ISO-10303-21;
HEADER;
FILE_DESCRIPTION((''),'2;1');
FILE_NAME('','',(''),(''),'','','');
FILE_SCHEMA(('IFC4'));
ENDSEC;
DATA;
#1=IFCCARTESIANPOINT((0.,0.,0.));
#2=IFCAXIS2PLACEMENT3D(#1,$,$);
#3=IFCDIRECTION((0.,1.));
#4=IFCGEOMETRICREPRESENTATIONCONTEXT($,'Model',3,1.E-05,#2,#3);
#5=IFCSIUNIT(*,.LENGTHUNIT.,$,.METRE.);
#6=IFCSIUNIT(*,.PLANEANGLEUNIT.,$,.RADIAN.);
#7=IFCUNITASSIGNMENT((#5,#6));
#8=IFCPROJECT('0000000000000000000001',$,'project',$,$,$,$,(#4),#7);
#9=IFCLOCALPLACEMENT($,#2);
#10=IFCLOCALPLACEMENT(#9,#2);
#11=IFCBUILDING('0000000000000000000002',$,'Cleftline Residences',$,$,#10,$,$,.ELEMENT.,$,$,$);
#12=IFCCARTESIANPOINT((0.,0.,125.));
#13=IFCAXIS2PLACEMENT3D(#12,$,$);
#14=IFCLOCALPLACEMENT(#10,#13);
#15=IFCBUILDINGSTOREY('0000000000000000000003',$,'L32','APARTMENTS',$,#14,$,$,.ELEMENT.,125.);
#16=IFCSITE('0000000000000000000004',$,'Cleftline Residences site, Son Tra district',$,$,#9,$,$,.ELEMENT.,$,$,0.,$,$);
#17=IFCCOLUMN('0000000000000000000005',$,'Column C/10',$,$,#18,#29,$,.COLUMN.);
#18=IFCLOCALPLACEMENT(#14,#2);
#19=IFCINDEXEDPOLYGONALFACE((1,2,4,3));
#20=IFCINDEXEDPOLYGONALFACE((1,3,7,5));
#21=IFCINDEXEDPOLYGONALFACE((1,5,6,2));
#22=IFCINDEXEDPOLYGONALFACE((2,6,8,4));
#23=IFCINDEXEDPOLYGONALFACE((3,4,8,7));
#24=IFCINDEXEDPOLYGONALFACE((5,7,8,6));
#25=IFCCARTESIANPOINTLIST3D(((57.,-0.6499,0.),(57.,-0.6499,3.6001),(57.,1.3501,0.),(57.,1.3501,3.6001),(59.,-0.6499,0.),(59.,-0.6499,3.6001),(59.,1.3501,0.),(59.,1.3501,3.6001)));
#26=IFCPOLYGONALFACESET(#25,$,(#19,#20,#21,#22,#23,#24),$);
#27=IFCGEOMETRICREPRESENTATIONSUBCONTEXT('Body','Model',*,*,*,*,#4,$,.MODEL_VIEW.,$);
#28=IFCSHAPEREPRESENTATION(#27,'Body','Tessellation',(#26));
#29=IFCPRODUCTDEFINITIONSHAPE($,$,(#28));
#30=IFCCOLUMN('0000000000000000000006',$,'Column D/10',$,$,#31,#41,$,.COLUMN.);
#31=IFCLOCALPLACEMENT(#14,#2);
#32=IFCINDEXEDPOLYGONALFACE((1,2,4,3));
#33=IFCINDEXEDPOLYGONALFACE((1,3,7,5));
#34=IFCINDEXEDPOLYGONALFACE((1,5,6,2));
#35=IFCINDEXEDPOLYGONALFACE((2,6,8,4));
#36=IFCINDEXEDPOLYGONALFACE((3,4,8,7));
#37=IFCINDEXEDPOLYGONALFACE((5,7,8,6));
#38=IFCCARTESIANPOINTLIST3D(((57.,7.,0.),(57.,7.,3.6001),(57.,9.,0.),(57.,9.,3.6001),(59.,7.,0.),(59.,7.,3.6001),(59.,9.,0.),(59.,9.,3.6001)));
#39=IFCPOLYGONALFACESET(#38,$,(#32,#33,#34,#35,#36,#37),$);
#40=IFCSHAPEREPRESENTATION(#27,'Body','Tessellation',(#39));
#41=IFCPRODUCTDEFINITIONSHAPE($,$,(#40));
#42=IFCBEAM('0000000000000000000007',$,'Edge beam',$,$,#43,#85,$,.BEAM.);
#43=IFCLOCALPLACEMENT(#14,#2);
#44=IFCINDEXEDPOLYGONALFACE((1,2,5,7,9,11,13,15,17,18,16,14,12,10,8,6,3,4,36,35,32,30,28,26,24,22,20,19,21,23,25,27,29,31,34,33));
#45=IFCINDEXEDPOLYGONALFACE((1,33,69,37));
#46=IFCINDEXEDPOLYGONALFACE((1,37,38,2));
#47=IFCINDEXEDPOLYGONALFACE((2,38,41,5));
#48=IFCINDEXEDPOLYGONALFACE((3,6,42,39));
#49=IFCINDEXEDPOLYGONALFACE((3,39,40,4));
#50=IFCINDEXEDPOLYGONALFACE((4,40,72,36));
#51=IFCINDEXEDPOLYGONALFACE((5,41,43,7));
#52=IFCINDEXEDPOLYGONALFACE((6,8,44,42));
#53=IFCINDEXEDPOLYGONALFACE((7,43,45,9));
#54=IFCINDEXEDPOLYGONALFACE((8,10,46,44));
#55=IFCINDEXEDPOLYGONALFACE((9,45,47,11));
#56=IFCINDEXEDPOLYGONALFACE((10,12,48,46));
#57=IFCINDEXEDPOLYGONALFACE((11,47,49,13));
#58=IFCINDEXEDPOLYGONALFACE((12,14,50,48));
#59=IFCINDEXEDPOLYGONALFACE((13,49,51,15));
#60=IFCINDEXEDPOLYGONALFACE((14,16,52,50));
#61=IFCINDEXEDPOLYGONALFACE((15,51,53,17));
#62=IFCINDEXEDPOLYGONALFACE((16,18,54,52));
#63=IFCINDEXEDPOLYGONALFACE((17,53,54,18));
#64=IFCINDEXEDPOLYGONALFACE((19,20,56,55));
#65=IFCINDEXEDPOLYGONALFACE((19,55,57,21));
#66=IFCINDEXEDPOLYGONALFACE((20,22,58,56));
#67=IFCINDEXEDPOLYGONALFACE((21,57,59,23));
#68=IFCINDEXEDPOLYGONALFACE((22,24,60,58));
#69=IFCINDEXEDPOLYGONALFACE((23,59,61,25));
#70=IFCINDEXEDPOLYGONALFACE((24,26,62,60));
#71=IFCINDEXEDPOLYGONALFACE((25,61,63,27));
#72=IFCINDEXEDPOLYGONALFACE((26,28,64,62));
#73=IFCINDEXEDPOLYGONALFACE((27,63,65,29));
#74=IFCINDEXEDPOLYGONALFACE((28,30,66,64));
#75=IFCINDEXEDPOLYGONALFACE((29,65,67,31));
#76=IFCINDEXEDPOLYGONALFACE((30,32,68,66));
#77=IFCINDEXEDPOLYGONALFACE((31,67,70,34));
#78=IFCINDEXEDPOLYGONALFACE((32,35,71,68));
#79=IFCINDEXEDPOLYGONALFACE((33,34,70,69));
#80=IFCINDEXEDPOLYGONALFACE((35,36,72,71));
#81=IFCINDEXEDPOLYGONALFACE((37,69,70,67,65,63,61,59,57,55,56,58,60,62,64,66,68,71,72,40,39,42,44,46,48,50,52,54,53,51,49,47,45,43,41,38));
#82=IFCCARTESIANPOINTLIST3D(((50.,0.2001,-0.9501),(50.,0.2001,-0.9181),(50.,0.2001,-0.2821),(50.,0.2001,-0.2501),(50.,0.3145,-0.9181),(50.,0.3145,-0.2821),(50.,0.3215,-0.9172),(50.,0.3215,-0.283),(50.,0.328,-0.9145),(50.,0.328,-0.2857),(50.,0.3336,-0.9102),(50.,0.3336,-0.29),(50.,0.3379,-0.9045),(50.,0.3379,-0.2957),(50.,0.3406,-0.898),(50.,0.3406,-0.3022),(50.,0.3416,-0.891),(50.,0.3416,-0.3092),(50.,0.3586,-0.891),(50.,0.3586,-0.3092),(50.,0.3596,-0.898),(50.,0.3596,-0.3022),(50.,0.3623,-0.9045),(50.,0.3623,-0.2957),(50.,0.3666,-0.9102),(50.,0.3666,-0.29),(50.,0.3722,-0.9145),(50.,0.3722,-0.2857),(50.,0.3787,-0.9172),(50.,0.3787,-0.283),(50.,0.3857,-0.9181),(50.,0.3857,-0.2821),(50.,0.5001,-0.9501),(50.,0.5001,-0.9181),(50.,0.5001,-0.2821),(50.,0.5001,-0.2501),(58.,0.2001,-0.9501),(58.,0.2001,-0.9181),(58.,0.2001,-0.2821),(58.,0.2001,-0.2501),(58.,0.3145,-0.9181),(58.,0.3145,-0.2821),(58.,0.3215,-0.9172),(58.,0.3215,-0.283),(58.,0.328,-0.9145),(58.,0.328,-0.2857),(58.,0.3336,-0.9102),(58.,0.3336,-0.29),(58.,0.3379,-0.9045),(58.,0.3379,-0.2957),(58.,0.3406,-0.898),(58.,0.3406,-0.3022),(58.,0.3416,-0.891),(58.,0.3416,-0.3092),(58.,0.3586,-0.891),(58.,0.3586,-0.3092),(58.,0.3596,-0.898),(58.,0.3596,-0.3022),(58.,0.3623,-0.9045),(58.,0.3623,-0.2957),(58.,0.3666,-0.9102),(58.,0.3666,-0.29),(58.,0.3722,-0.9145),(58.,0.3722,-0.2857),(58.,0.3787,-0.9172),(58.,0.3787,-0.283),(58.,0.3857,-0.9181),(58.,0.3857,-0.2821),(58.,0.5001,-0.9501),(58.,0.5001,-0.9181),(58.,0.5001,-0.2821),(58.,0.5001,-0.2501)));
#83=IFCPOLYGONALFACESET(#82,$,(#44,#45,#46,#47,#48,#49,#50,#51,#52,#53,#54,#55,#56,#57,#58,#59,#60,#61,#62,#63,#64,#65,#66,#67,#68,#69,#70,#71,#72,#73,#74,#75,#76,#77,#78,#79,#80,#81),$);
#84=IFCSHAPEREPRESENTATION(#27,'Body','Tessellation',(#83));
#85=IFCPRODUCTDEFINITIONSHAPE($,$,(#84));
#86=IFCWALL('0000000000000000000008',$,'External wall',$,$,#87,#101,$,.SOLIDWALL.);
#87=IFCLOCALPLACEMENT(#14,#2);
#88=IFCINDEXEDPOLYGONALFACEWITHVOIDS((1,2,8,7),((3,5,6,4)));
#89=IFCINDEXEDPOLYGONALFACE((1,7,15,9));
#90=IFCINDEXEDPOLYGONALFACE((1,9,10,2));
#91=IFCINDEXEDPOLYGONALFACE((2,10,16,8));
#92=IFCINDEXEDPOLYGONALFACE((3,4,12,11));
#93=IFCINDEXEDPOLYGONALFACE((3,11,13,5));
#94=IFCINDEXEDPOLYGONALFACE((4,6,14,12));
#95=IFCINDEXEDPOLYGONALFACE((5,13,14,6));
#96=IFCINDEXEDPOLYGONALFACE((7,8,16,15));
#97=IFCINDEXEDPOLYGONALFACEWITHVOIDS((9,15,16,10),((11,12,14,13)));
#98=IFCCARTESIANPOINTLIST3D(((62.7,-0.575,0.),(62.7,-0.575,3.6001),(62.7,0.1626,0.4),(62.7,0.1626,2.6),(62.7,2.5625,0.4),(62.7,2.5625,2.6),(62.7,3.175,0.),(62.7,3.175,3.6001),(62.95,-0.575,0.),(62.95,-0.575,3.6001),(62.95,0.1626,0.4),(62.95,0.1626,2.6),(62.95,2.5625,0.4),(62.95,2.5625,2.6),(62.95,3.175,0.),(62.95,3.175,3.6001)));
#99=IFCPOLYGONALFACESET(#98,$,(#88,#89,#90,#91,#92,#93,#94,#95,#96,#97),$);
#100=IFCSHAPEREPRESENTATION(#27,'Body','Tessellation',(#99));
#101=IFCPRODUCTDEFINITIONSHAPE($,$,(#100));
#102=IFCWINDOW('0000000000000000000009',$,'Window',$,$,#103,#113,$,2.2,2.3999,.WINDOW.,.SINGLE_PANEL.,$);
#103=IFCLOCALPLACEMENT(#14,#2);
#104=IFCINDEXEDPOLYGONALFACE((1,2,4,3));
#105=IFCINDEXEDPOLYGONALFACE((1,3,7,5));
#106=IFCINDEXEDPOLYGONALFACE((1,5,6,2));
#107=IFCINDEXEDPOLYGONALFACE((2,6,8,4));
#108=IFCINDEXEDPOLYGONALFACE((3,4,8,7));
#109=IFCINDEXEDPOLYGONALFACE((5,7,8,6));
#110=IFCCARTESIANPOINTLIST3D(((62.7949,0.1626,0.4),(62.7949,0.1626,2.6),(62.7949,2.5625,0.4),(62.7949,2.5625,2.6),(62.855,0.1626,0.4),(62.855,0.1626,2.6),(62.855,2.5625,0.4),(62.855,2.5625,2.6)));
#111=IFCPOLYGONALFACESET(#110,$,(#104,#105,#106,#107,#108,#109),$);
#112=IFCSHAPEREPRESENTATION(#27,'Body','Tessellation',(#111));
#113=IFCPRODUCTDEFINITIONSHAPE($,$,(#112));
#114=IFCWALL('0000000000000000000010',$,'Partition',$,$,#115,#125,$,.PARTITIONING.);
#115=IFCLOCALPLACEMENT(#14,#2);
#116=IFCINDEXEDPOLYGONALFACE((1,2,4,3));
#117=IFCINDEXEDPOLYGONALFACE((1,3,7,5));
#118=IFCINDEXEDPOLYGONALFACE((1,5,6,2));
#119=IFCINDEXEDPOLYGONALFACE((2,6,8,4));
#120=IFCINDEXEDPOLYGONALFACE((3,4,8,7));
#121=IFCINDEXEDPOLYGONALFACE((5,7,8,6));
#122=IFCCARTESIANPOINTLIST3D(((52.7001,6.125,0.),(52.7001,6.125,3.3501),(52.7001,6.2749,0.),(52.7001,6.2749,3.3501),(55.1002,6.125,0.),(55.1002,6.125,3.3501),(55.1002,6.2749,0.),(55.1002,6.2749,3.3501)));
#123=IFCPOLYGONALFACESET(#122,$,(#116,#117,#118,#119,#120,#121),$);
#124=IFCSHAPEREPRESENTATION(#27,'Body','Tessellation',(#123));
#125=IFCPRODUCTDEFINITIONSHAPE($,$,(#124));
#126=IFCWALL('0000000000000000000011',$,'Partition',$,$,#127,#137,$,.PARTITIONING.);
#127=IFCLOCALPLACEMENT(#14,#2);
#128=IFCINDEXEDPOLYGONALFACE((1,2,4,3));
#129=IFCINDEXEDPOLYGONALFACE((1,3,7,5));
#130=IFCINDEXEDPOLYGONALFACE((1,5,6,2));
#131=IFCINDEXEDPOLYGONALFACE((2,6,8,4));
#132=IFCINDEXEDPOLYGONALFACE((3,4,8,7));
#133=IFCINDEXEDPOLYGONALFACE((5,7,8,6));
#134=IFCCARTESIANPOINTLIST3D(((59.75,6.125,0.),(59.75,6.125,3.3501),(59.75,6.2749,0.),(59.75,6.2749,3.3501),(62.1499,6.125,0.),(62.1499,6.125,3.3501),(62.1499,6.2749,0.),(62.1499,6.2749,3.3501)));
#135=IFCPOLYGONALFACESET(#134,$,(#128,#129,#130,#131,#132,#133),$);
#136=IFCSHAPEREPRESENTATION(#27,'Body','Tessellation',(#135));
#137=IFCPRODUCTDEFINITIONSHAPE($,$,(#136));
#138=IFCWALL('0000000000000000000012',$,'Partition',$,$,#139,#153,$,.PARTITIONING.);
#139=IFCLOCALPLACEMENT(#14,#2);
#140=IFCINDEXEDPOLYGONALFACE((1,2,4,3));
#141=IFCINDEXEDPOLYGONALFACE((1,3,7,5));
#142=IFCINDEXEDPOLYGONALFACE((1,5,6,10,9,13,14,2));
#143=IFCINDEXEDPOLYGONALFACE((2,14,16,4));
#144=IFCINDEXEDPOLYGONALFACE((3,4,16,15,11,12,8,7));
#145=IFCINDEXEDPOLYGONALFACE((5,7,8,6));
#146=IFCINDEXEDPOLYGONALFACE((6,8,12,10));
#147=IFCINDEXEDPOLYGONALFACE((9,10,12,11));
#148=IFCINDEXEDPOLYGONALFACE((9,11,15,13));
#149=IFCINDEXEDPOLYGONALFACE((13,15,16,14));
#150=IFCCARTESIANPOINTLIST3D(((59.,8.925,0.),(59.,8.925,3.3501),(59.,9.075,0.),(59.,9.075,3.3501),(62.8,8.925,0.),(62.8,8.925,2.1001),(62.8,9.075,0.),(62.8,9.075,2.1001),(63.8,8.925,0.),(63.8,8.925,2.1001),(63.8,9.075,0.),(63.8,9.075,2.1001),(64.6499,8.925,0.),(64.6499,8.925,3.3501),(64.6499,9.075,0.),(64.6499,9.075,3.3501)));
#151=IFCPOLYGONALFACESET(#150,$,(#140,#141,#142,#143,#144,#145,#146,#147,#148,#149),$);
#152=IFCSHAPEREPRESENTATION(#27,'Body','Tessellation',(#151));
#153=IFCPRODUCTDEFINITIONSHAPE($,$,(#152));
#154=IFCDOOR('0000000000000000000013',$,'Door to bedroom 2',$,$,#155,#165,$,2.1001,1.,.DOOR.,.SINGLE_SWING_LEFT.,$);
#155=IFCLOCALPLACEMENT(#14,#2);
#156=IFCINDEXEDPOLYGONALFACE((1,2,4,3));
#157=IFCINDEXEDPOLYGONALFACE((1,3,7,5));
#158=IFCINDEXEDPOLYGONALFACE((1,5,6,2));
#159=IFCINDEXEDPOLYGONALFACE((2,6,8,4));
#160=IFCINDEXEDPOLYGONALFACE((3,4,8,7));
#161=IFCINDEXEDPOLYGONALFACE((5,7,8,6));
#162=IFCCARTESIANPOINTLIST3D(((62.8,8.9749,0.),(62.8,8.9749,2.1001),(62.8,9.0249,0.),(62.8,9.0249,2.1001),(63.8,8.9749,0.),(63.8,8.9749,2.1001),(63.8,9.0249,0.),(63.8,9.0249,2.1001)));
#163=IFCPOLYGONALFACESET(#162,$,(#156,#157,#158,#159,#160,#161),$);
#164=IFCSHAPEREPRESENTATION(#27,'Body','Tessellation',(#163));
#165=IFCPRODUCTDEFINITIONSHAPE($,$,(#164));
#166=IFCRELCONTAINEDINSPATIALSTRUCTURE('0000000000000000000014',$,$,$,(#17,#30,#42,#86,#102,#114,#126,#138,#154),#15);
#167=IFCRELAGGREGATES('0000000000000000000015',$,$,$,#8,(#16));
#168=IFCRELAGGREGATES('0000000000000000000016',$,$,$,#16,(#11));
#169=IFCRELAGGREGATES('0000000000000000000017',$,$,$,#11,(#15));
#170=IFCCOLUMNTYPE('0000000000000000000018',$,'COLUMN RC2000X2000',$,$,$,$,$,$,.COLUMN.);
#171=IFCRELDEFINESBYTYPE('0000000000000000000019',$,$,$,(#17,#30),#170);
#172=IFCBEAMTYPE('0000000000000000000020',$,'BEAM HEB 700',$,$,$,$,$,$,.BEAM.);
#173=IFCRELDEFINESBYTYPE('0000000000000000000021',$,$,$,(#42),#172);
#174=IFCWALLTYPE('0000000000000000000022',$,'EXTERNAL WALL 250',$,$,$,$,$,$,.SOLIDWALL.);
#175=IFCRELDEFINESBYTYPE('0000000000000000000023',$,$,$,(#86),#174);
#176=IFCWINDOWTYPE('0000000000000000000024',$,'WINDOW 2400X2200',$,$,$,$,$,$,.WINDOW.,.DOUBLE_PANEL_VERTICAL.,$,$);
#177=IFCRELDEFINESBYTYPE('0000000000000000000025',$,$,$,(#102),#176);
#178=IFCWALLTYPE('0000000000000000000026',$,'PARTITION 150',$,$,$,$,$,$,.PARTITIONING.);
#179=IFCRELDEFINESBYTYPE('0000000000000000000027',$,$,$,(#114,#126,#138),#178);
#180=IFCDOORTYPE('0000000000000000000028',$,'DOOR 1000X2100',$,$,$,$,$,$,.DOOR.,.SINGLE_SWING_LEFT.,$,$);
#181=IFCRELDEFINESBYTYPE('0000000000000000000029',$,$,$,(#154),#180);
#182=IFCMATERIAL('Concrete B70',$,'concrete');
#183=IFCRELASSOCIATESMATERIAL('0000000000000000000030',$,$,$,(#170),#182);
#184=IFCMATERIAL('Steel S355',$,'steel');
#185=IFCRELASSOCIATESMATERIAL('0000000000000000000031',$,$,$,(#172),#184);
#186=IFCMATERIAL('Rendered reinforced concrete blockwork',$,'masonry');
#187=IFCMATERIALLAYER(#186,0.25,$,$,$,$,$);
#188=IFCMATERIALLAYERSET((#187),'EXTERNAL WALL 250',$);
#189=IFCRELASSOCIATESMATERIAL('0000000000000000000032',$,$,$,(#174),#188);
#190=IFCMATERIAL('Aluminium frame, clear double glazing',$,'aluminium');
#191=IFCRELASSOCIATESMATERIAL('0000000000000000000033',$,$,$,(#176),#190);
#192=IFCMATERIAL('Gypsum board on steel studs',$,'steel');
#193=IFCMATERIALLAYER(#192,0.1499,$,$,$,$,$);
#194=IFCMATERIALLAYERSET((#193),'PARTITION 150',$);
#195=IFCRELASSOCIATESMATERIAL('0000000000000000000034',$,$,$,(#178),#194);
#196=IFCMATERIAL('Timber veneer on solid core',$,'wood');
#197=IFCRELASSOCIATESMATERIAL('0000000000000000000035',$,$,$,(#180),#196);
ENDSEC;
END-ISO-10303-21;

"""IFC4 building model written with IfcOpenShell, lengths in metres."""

from ifc_helpers import new_model, si_unit, direction, frame, frame_2d, origin, origin_2d, place, context, subcontext, project, spatial, rectangle, i_section, extrude, material, layer, layer_set, material_profile, profile_set, type_object, element, fill, save


model = new_model("IFC4")

# Units and contexts
model_context = context("Model", 3, precision=1e-05, world=origin(), true_north=direction((0.0, 1.0)))
body_context = subcontext(model_context, "Body", "Model", "MODEL_VIEW")
ifc_project = project(units=[si_unit("LENGTHUNIT", "METRE"), si_unit("PLANEANGLEUNIT", "RADIAN")], contexts=[model_context])

# Site, building, storey
site_placement = place(None, origin())
site = spatial("IfcSite", under=ifc_project, at=site_placement, Name="Cleftline Residences site, Son Tra district", CompositionType="ELEMENT", RefElevation=0.0)
building_placement = place(site_placement, origin())
building = spatial("IfcBuilding", under=site, at=building_placement, Name="Cleftline Residences", CompositionType="ELEMENT")
storey_placement = place(building_placement, frame((0.0, 0.0, 125.0)))
storey = spatial("IfcBuildingStorey", under=building, at=storey_placement, Name="L32", Description="APARTMENTS", CompositionType="ELEMENT", Elevation=125.0)

# Columns
ifc_material_1 = material(Name="Concrete B70", Category="concrete")
ifc_material_profile_1 = material_profile(ifc_material_1, rectangle(XDim=2.0, YDim=2.0, at=origin_2d()))
ifc_profile_set_1 = profile_set([ifc_material_profile_1], Name="Concrete B70")
column_type = type_object("IfcColumnType", Name="COLUMN RC2000X2000", PredefinedType="COLUMN", material=ifc_profile_set_1)
for number, where, z_axis, x_axis, name in (
    (1, (58.0, 0.3501, 0.0), (0.0, 0.0, 1.0), (1.0, 0.0, 0.0), "Column C/10"),
    (2, (58.0, 8.0, 0.0), (0.0, 0.0, 1.0), (1.0, 0.0, 0.0), "Column D/10"),
):
    element("IfcColumn", number, at=place(storey_placement, frame(where, z_axis=z_axis, x_axis=x_axis)), inside=storey, type_object=column_type, Name=name, PredefinedType="COLUMN", context=body_context, shape_type="SweptSolid", body=[
        extrude(rectangle(XDim=2.0, YDim=2.0, at=origin_2d()), origin(), (0.0, 0.0, 1.0), 3.6001),
    ])

# Beam
ifc_material_2 = material(Name="Steel S355", Category="steel")
ifc_material_profile_2 = material_profile(ifc_material_2, i_section(OverallWidth=0.3, OverallDepth=0.7, WebThickness=0.0171, FlangeThickness=0.032, FilletRadius=0.0271, at=origin_2d()))
ifc_profile_set_2 = profile_set([ifc_material_profile_2], Name="Steel S355")
beam_type = type_object("IfcBeamType", Name="BEAM HEB 700", PredefinedType="BEAM", material=ifc_profile_set_2)
beam_placement = place(storey_placement, frame((58.0, 0.3501, -0.6001), z_axis=(-1.0, 0.0, 0.0), x_axis=(0.0, -1.0, 0.0)))
element("IfcBeam", 3, at=beam_placement, inside=storey, type_object=beam_type, Name="Edge beam", PredefinedType="BEAM", context=body_context, shape_type="SweptSolid", body=[
    extrude(i_section(OverallWidth=0.3, OverallDepth=0.7, WebThickness=0.0171, FlangeThickness=0.032, FilletRadius=0.0271, at=origin_2d()), origin(), (0.0, 0.0, 1.0), 8.0),
])

# Wall, opening, window
ifc_material_3 = material(Name="Rendered reinforced concrete blockwork", Category="masonry")
ifc_layer_1 = layer(ifc_material_3, 0.25)
ifc_layer_set_1 = layer_set([ifc_layer_1], Name="EXTERNAL WALL 250")
wall_type_1 = type_object("IfcWallType", Name="EXTERNAL WALL 250", PredefinedType="SOLIDWALL", material=ifc_layer_set_1)
wall_1_placement = place(storey_placement, frame((62.825, -0.575, 0.0), z_axis=(0.0, 0.0, 1.0), x_axis=(0.0, 1.0, 0.0)))
wall_1 = element("IfcWall", 4, at=wall_1_placement, inside=storey, type_object=wall_type_1, Name="External wall", PredefinedType="SOLIDWALL", context=body_context, shape_type="SweptSolid", body=[
    extrude(rectangle(XDim=3.75, YDim=0.25, at=frame_2d((1.875, 0.0))), origin(), (0.0, 0.0, 1.0), 3.6001),
])
opening_1_placement = place(wall_1_placement, frame((0.7375, 0.0, 0.3999)))
opening_1 = element("IfcOpeningElement", 5, at=opening_1_placement, cuts=wall_1, PredefinedType="OPENING", context=body_context, shape_type="SweptSolid", body=[
    extrude(rectangle(XDim=2.3999, YDim=2.2, at=frame_2d((1.2, 1.1001))), frame((0.0, 0.135, 0.0), z_axis=(0.0, -1.0, 0.0), x_axis=(1.0, 0.0, 0.0)), (0.0, 0.0, 1.0), 0.27),
])
ifc_material_4 = material(Name="Aluminium frame, clear double glazing", Category="aluminium")
window_type = type_object("IfcWindowType", Name="WINDOW 2400X2200", PartitioningType="DOUBLE_PANEL_VERTICAL", PredefinedType="WINDOW", material=ifc_material_4)
window_placement = place(opening_1_placement, origin())
window = element("IfcWindow", 6, at=window_placement, inside=storey, type_object=window_type, Name="Window", OverallHeight=2.2, OverallWidth=2.3999, PartitioningType="SINGLE_PANEL", PredefinedType="WINDOW", context=body_context, shape_type="SweptSolid", body=[
    extrude(rectangle(XDim=2.3999, YDim=2.2, at=frame_2d((1.2, 1.1001))), frame((0.0, 0.03, 0.0), z_axis=(0.0, -1.0, 0.0), x_axis=(1.0, 0.0, 0.0)), (0.0, 0.0, 1.0), 0.0601),
])
fill(opening_1, window)

# Walls
ifc_material_5 = material(Name="Gypsum board on steel studs", Category="steel")
ifc_layer_2 = layer(ifc_material_5, 0.1499)
ifc_layer_set_2 = layer_set([ifc_layer_2], Name="PARTITION 150")
wall_type_2 = type_object("IfcWallType", Name="PARTITION 150", PredefinedType="PARTITIONING", material=ifc_layer_set_2)
wall_2_placement = place(storey_placement, frame((52.7, 6.2, 0.0), z_axis=(0.0, 0.0, 1.0), x_axis=(1.0, 0.0, 0.0)))
element("IfcWall", 7, at=wall_2_placement, inside=storey, type_object=wall_type_2, Name="Partition", PredefinedType="PARTITIONING", context=body_context, shape_type="SweptSolid", body=[
    extrude(rectangle(XDim=2.4001, YDim=0.1499, at=frame_2d((1.2002, 0.0))), origin(), (0.0, 0.0, 1.0), 3.3501),
])
wall_3_placement = place(storey_placement, frame((59.75, 6.2, 0.0), z_axis=(0.0, 0.0, 1.0), x_axis=(1.0, 0.0, 0.0)))
element("IfcWall", 8, at=wall_3_placement, inside=storey, type_object=wall_type_2, Name="Partition", PredefinedType="PARTITIONING", context=body_context, shape_type="SweptSolid", body=[
    extrude(rectangle(XDim=2.3999, YDim=0.1499, at=frame_2d((1.2, 0.0))), origin(), (0.0, 0.0, 1.0), 3.3501),
])

# Wall, opening, door
wall_4_placement = place(storey_placement, frame((59.0, 9.0, 0.0), z_axis=(0.0, 0.0, 1.0), x_axis=(1.0, 0.0, 0.0)))
wall_4 = element("IfcWall", 9, at=wall_4_placement, inside=storey, type_object=wall_type_2, Name="Partition", PredefinedType="PARTITIONING", context=body_context, shape_type="SweptSolid", body=[
    extrude(rectangle(XDim=5.6499, YDim=0.1499, at=frame_2d((2.825, 0.0))), origin(), (0.0, 0.0, 1.0), 3.3501),
])
opening_2_placement = place(wall_4_placement, frame((3.8, 0.0, 0.0)))
opening_2 = element("IfcOpeningElement", 10, at=opening_2_placement, cuts=wall_4, PredefinedType="OPENING", context=body_context, shape_type="SweptSolid", body=[
    extrude(rectangle(XDim=1.0, YDim=2.1001, at=frame_2d((0.5, 1.05))), frame((0.0, 0.085, 0.0), z_axis=(0.0, -1.0, 0.0), x_axis=(1.0, 0.0, 0.0)), (0.0, 0.0, 1.0), 0.1699),
])
ifc_material_6 = material(Name="Timber veneer on solid core", Category="wood")
door_type_1 = type_object("IfcDoorType", Name="DOOR 1000X2100", OperationType="SINGLE_SWING_LEFT", PredefinedType="DOOR", material=ifc_material_6)
door_1_placement = place(opening_2_placement, origin())
door_1 = element("IfcDoor", 11, at=door_1_placement, inside=storey, type_object=door_type_1, Name="Door to bedroom 2", OperationType="SINGLE_SWING_LEFT", OverallHeight=2.1001, OverallWidth=1.0, PredefinedType="DOOR", context=body_context, shape_type="SweptSolid", body=[
    extrude(rectangle(XDim=1.0, YDim=2.1001, at=frame_2d((0.5, 1.05))), frame((0.0, 0.0249, 0.0), z_axis=(0.0, -1.0, 0.0), x_axis=(1.0, 0.0, 0.0)), (0.0, 0.0, 1.0), 0.05),
])
fill(opening_2, door_1)

save(model, "model.ifc")
